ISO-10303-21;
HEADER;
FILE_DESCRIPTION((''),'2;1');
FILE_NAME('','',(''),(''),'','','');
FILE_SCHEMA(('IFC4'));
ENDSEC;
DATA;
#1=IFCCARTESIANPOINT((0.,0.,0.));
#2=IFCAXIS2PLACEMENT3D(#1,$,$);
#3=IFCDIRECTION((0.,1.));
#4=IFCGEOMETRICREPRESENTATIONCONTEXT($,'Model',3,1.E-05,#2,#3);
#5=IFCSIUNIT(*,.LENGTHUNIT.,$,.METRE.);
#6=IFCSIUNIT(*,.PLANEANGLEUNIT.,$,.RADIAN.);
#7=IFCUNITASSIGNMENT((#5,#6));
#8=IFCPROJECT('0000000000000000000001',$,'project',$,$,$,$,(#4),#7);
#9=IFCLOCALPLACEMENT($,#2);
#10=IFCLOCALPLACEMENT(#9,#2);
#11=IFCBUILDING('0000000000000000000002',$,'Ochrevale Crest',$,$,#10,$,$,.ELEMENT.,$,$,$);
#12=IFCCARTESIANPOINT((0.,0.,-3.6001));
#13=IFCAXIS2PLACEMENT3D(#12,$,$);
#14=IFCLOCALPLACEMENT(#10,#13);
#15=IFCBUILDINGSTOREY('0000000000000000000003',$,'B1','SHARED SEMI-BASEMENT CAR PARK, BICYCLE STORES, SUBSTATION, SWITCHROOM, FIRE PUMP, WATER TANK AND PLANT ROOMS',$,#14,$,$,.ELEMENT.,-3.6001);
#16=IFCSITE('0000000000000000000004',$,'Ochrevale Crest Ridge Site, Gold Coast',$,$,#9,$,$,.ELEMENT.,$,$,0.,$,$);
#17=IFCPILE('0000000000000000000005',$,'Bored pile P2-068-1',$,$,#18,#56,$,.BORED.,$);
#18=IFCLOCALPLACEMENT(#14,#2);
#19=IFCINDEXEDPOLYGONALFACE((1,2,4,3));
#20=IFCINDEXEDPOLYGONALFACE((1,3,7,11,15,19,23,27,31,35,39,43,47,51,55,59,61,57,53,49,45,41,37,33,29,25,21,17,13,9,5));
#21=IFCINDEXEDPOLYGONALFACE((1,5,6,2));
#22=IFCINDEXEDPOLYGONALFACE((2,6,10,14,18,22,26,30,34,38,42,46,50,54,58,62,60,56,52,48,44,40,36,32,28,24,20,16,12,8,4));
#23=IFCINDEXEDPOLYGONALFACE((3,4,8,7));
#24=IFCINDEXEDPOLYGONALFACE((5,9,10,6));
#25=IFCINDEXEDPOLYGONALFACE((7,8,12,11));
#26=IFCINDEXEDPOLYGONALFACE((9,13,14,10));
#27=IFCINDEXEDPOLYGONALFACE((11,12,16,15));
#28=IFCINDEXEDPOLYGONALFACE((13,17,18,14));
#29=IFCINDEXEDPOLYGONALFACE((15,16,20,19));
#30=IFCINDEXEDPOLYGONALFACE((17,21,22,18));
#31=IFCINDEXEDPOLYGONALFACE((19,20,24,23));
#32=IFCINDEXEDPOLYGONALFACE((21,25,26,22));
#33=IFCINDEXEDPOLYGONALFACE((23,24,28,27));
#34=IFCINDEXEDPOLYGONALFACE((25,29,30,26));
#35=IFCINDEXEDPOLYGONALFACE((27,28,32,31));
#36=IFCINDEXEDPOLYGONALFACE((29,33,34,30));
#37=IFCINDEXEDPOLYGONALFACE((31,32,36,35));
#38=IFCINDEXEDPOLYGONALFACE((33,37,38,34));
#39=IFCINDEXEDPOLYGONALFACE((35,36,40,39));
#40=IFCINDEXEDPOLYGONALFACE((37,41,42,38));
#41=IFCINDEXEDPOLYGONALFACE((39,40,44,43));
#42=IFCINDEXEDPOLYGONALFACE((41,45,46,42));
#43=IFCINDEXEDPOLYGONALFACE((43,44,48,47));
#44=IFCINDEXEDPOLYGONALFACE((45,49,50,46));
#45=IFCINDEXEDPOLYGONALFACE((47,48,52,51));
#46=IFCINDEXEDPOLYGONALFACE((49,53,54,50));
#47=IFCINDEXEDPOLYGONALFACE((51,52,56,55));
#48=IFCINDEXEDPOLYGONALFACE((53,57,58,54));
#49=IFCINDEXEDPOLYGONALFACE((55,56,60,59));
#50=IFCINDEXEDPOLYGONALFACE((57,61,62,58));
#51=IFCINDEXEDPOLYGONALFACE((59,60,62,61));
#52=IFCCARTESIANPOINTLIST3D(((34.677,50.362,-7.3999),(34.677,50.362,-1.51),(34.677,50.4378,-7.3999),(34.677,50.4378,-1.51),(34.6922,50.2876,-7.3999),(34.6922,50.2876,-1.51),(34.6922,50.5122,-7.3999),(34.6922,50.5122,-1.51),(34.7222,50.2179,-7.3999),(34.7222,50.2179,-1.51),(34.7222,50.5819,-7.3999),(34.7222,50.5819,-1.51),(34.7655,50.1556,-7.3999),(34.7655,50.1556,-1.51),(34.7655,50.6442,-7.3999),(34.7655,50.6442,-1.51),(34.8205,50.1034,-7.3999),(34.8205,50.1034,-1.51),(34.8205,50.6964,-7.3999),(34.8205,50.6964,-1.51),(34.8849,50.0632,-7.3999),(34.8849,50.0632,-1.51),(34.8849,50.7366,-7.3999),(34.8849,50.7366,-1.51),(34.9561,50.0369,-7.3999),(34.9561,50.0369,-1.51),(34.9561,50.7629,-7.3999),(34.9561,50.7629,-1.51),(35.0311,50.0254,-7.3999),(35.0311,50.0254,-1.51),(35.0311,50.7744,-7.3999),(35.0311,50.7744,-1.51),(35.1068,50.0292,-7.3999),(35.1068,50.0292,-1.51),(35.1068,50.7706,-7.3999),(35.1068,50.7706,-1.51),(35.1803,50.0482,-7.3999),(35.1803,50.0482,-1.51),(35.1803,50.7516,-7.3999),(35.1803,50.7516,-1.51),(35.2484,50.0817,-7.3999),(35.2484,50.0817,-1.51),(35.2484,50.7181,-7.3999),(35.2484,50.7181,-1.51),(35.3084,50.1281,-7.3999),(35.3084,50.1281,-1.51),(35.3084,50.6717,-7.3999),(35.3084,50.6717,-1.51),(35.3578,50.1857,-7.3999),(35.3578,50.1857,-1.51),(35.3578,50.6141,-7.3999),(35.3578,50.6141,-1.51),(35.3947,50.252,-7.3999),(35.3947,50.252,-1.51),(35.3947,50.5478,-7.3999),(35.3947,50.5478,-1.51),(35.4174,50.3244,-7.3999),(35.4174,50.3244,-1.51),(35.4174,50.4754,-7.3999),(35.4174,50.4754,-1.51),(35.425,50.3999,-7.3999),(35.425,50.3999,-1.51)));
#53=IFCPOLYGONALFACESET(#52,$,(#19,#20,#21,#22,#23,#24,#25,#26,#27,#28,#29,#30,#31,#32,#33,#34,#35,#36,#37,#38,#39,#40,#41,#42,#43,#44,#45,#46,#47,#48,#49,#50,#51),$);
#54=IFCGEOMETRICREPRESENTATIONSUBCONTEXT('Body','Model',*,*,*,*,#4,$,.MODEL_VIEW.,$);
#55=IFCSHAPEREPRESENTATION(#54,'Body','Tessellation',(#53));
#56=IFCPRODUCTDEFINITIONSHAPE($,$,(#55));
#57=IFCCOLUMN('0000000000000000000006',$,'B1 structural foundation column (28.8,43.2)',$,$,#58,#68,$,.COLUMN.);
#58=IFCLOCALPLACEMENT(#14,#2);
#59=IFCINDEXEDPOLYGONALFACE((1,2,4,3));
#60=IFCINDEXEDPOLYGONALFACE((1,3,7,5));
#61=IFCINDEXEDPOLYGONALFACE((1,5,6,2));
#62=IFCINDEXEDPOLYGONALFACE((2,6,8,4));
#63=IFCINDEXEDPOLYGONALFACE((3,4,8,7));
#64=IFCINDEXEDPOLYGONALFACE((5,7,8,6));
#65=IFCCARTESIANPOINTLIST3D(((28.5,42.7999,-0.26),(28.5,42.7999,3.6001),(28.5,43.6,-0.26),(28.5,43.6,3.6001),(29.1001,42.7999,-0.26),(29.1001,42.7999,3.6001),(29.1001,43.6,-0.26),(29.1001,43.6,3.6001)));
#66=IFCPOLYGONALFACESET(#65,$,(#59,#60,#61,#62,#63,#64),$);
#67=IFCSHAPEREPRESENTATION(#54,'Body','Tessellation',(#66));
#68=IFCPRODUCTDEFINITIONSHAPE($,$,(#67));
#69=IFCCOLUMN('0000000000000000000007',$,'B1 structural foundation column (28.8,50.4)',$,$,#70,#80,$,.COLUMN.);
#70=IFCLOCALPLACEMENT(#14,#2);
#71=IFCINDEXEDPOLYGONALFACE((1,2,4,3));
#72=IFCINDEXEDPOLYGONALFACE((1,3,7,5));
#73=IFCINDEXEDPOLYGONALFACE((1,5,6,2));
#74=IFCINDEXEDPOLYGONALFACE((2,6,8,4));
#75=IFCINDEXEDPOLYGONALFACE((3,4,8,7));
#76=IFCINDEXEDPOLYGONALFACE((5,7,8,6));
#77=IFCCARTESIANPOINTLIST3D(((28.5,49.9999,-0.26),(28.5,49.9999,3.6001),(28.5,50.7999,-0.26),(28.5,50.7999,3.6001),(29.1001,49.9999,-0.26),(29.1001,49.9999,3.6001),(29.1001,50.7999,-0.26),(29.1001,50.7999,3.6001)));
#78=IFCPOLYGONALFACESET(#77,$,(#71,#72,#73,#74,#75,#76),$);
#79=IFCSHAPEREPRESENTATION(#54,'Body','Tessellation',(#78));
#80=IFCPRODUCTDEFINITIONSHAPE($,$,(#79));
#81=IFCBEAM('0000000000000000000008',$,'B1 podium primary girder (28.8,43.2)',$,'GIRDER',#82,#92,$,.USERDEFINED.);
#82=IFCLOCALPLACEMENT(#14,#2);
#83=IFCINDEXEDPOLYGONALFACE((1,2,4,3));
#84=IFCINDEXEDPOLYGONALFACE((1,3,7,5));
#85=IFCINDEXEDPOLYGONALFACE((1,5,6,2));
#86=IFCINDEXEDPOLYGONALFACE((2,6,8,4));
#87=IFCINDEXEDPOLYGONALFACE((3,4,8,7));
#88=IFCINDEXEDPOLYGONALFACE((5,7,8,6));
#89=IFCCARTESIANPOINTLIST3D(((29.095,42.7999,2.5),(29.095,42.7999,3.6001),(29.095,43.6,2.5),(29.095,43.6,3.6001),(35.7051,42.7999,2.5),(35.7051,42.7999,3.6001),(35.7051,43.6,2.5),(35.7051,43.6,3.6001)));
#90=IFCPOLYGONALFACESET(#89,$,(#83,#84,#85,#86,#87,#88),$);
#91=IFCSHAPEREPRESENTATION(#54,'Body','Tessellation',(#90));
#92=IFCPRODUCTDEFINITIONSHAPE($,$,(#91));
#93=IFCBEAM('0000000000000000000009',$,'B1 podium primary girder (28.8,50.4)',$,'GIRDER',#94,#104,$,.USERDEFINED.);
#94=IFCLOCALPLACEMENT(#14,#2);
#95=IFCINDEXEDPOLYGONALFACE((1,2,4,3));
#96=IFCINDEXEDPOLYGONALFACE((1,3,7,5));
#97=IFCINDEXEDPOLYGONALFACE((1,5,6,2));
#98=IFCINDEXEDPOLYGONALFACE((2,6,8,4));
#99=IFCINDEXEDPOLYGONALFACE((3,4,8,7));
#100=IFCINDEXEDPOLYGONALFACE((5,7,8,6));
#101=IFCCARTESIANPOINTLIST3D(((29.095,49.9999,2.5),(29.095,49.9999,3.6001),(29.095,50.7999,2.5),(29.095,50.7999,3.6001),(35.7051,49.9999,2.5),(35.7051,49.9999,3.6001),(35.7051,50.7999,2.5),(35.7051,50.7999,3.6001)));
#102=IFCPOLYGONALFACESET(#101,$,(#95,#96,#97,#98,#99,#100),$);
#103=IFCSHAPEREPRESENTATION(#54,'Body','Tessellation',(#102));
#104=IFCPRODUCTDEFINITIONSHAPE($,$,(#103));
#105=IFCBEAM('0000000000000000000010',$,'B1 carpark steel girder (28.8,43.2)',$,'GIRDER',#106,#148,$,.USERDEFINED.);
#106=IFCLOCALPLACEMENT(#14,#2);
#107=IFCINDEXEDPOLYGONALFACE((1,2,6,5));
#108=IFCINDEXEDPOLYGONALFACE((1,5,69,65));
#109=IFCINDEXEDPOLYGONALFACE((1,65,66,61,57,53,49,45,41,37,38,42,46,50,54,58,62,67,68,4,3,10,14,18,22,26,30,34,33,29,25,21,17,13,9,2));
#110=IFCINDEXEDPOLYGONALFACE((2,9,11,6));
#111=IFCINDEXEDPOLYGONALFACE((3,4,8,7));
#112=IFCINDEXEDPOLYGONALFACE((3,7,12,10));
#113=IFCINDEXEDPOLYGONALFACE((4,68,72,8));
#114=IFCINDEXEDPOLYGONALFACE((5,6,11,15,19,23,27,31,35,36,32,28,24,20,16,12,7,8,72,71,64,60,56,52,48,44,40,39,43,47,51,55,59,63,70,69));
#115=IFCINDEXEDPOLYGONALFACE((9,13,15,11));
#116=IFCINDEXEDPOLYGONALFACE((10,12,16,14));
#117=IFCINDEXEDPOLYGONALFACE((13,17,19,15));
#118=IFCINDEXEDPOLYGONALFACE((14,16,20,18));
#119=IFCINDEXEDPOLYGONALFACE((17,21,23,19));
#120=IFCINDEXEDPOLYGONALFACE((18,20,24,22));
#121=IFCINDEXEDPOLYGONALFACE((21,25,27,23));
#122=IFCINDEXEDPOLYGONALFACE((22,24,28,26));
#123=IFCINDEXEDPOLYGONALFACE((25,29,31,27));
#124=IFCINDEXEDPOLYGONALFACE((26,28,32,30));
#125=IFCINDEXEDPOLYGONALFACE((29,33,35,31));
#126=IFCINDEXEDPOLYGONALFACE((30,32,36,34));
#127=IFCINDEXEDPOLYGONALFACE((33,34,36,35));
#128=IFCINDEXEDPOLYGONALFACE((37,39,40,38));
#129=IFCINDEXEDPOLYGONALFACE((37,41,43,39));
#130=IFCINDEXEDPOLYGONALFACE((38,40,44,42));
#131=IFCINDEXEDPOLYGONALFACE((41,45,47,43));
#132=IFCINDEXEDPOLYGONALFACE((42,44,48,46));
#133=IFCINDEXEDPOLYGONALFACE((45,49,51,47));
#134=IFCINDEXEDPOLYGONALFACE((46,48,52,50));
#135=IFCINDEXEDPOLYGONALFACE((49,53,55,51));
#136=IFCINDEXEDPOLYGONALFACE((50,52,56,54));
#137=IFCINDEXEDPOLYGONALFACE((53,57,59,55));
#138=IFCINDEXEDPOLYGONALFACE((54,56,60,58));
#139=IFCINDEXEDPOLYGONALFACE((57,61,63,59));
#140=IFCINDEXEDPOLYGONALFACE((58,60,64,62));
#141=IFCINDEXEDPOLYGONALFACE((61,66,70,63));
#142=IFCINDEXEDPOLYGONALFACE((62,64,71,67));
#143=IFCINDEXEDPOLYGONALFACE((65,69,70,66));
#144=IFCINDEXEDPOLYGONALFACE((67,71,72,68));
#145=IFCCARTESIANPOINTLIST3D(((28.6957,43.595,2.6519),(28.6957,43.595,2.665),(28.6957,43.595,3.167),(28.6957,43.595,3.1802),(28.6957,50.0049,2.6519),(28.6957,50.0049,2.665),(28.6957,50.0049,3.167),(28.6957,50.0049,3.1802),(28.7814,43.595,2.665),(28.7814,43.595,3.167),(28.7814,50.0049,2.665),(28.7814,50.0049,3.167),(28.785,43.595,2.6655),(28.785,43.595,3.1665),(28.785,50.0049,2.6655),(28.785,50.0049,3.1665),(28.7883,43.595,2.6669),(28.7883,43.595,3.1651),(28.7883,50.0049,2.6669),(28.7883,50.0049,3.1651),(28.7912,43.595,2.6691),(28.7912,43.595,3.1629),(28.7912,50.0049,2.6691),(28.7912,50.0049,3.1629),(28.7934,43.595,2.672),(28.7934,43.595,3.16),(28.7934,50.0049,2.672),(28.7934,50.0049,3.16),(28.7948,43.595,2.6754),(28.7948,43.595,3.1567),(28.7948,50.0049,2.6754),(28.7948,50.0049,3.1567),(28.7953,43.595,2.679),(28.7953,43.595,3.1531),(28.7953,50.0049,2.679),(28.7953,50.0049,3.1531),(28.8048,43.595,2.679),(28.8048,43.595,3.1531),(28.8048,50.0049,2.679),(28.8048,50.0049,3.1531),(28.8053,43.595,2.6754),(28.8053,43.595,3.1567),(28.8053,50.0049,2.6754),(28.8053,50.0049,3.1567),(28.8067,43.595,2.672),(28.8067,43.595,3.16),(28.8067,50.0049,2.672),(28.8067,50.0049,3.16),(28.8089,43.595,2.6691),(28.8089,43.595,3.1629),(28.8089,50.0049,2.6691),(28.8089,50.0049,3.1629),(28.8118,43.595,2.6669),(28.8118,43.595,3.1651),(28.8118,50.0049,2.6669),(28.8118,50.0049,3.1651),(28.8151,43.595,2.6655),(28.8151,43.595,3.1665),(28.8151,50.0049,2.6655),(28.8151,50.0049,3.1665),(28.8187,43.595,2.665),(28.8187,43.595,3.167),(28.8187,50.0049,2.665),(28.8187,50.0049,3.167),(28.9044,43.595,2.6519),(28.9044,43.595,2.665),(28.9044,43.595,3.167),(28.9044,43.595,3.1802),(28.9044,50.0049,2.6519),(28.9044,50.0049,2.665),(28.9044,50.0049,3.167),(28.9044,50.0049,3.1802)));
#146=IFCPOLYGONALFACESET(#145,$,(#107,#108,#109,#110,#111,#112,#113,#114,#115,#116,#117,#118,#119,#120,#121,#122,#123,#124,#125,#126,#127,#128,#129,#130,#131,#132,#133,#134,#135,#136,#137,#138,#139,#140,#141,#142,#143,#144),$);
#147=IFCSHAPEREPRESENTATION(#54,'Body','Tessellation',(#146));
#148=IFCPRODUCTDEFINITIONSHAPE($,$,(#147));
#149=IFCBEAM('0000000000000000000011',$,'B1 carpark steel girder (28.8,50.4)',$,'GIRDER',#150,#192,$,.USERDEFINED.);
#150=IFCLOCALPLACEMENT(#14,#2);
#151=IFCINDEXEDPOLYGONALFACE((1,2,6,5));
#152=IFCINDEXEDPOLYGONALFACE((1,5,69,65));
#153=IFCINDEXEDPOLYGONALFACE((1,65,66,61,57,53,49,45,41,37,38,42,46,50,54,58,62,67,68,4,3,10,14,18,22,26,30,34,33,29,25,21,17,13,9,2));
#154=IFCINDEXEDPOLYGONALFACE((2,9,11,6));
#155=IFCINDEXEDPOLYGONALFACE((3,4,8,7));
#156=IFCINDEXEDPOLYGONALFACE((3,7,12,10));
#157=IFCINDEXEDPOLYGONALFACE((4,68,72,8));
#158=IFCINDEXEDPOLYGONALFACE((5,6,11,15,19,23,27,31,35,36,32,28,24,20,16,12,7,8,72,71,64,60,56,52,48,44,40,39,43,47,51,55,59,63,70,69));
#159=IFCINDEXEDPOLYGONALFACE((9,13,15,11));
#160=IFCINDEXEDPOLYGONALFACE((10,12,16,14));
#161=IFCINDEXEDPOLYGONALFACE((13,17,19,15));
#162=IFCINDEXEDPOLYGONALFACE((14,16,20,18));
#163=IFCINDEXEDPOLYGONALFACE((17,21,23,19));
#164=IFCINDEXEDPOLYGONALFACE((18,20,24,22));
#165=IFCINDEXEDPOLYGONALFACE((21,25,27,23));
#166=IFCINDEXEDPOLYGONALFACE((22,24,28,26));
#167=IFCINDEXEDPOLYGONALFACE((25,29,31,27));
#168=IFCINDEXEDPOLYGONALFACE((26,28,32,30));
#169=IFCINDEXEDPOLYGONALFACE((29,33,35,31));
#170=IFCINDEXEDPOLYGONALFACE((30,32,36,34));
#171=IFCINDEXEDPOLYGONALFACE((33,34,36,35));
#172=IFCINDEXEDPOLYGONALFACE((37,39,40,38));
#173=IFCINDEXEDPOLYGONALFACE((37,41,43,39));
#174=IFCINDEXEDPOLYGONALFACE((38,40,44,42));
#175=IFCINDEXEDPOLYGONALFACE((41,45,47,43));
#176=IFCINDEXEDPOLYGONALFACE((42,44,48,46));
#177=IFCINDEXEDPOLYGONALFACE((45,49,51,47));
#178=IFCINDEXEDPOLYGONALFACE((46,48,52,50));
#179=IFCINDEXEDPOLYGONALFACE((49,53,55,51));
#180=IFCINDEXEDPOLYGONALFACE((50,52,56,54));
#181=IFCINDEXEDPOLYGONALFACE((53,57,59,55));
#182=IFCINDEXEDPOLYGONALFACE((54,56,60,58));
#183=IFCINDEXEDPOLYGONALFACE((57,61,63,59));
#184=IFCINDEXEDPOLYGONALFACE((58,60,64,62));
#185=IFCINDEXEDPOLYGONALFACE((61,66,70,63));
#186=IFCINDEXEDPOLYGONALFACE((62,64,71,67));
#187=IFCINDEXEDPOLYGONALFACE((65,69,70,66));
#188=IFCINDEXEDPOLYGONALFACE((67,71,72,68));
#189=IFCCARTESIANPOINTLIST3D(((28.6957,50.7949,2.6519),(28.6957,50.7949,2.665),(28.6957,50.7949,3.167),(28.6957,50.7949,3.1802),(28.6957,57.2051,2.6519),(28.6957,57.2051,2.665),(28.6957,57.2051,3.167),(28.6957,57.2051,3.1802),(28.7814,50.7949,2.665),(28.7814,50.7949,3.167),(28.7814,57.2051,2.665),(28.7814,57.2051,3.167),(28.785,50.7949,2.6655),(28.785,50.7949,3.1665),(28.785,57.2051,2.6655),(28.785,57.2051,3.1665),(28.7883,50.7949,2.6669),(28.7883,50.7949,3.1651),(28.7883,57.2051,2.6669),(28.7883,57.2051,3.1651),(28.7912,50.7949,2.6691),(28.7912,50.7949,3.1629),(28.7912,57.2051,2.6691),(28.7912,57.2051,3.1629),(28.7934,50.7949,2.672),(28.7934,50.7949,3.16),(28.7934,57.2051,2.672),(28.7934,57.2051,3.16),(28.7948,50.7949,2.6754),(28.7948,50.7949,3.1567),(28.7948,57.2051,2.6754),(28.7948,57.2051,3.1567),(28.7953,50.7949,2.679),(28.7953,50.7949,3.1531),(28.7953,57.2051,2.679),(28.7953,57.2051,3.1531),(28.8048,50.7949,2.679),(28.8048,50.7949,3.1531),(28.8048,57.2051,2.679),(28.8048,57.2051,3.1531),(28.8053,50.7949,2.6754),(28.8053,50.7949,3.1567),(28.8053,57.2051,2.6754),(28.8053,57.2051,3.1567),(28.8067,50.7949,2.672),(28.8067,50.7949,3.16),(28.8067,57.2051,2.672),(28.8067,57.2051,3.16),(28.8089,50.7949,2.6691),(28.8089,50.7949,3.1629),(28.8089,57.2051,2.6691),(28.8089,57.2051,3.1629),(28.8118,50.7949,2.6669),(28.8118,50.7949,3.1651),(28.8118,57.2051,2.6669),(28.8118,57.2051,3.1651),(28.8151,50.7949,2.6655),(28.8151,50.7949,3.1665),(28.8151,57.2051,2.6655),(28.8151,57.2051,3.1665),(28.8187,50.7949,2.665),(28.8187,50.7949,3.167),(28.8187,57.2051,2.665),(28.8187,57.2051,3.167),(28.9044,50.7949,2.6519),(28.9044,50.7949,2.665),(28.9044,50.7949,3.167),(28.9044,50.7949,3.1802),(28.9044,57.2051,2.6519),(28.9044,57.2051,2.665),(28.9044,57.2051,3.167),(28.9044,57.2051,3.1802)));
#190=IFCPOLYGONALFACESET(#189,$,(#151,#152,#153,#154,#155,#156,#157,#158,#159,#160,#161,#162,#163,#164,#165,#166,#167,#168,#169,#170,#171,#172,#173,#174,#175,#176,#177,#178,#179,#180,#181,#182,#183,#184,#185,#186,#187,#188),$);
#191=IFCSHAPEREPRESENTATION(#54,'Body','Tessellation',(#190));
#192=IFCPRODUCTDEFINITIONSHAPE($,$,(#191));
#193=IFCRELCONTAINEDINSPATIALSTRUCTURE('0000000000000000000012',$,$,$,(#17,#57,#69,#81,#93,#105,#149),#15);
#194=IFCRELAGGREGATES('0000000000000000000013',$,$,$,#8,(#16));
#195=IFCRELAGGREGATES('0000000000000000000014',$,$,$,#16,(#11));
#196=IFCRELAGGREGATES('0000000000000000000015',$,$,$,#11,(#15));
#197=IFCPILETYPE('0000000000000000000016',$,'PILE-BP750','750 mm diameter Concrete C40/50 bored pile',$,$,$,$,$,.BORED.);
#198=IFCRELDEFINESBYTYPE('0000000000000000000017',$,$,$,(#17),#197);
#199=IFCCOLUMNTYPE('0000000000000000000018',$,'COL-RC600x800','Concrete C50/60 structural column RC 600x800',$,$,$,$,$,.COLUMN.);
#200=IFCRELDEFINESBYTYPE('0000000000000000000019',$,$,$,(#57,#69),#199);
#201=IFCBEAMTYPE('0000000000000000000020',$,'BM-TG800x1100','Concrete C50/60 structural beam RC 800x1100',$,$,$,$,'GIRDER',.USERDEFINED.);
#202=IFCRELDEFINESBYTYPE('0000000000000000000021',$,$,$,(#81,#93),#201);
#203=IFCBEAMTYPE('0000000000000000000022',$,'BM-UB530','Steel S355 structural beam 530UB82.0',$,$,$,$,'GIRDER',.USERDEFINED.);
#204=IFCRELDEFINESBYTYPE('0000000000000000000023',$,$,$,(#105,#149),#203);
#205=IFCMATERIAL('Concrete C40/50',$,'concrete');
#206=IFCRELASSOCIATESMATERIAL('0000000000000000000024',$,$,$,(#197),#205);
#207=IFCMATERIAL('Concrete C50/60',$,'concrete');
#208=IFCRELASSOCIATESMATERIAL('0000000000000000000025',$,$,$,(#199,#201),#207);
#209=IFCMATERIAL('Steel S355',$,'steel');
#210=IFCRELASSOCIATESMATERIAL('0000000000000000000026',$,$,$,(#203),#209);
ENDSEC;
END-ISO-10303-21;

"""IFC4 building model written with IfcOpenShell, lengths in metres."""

from ifc_helpers import new_model, si_unit, direction, frame, origin, origin_2d, place, context, subcontext, project, spatial, rectangle, circle, i_section, extrude, material, material_profile, profile_set, type_object, element, save


model = new_model("IFC4")

# Units and contexts
model_context = context("Model", 3, precision=1e-05, world=origin(), true_north=direction((0.0, 1.0)))
body_context = subcontext(model_context, "Body", "Model", "MODEL_VIEW")
ifc_project = project(units=[si_unit("LENGTHUNIT", "METRE"), si_unit("PLANEANGLEUNIT", "RADIAN")], contexts=[model_context])

# Site, building, storey
site_placement = place(None, origin())
site = spatial("IfcSite", under=ifc_project, at=site_placement, Name="Ochrevale Crest Ridge Site, Gold Coast", CompositionType="ELEMENT", RefElevation=0.0)
building_placement = place(site_placement, origin())
building = spatial("IfcBuilding", under=site, at=building_placement, Name="Ochrevale Crest", CompositionType="ELEMENT")
storey_placement = place(building_placement, frame((0.0, 0.0, -3.6001)))
storey = spatial("IfcBuildingStorey", under=building, at=storey_placement, Name="B1", Description="SHARED SEMI-BASEMENT CAR PARK, BICYCLE STORES, SUBSTATION, SWITCHROOM, FIRE PUMP, WATER TANK AND PLANT ROOMS", CompositionType="ELEMENT", Elevation=-3.6001)

# Shared definitions
ifc_material_1 = material(Name="Concrete C40/50", Category="concrete")

# Pile
ifc_material_profile_1 = material_profile(ifc_material_1, circle(Radius=0.375, at=origin_2d()), Name="BORED PILE 750")
ifc_profile_set_1 = profile_set([ifc_material_profile_1], Name="Concrete C40/50")
pile_type_1 = type_object("IfcPileType", Name="PILE-BP750", Description="750 mm diameter Concrete C40/50 bored pile", PredefinedType="BORED", material=ifc_profile_set_1)
for number, where, z_axis, x_axis, name in (
    (1, (35.05, 50.3999, -1.51), (0.0, 0.0, -1.0), (1.0, 0.0, 0.0), "Bored pile P2-068-1"),
):
    element("IfcPile", number, at=place(storey_placement, frame(where, z_axis=z_axis, x_axis=x_axis)), inside=storey, type_object=pile_type_1, Name=name, PredefinedType="BORED", context=body_context, shape_type="SweptSolid", body=[
        extrude(circle(Radius=0.375, at=origin_2d()), origin(), (0.0, 0.0, 1.0), 5.8899),
    ])

# Columns
ifc_material_2 = material(Name="Concrete C50/60", Category="concrete")
ifc_material_profile_2 = material_profile(ifc_material_2, rectangle(XDim=0.6001, YDim=0.8, at=origin_2d()), Name="RC 600x800")
ifc_profile_set_2 = profile_set([ifc_material_profile_2], Name="Concrete C50/60")
column_type = type_object("IfcColumnType", Name="COL-RC600x800", Description="Concrete C50/60 structural column RC 600x800", PredefinedType="COLUMN", material=ifc_profile_set_2)
for number, where, z_axis, x_axis, name in (
    (2, (28.8, 43.2, -0.26), (0.0, 0.0, 1.0), (1.0, 0.0, 0.0), "B1 structural foundation column (28.8,43.2)"),
    (3, (28.8, 50.3999, -0.26), (0.0, 0.0, 1.0), (1.0, 0.0, 0.0), "B1 structural foundation column (28.8,50.4)"),
):
    element("IfcColumn", number, at=place(storey_placement, frame(where, z_axis=z_axis, x_axis=x_axis)), inside=storey, type_object=column_type, Name=name, PredefinedType="COLUMN", context=body_context, shape_type="SweptSolid", body=[
        extrude(rectangle(XDim=0.6001, YDim=0.8, at=origin_2d()), origin(), (0.0, 0.0, 1.0), 3.8601),
    ])

# Beams
ifc_material_profile_3 = material_profile(ifc_material_2, rectangle(XDim=0.8, YDim=1.1001, at=origin_2d()), Name="RC 800x1100")
ifc_profile_set_3 = profile_set([ifc_material_profile_3], Name="Concrete C50/60")
beam_type_1 = type_object("IfcBeamType", Name="BM-TG800x1100", Description="Concrete C50/60 structural beam RC 800x1100", ElementType="GIRDER", PredefinedType="USERDEFINED", material=ifc_profile_set_3)
for number, where, z_axis, x_axis, name in (
    (4, (29.095, 43.2, 3.05), (1.0, 0.0, 0.0), (0.0, 1.0, 0.0), "B1 podium primary girder (28.8,43.2)"),
    (5, (29.095, 50.3999, 3.05), (1.0, 0.0, 0.0), (0.0, 1.0, 0.0), "B1 podium primary girder (28.8,50.4)"),
):
    element("IfcBeam", number, at=place(storey_placement, frame(where, z_axis=z_axis, x_axis=x_axis)), inside=storey, type_object=beam_type_1, Name=name, ObjectType="GIRDER", PredefinedType="USERDEFINED", context=body_context, shape_type="SweptSolid", body=[
        extrude(rectangle(XDim=0.8, YDim=1.1001, at=origin_2d()), origin(), (0.0, 0.0, 1.0), 6.6101),
    ])
ifc_material_3 = material(Name="Steel S355", Category="steel")
ifc_material_profile_4 = material_profile(ifc_material_3, i_section(OverallWidth=0.2087, OverallDepth=0.5283, WebThickness=0.0095, FlangeThickness=0.0132, FilletRadius=0.0139, at=origin_2d()), Name="530UB82.0")
ifc_profile_set_4 = profile_set([ifc_material_profile_4], Name="Steel S355")
beam_type_2 = type_object("IfcBeamType", Name="BM-UB530", Description="Steel S355 structural beam 530UB82.0", ElementType="GIRDER", PredefinedType="USERDEFINED", material=ifc_profile_set_4)
beam_1_placement = place(storey_placement, frame((28.8, 43.595, 2.916), z_axis=(0.0, 1.0, 0.0), x_axis=(-1.0, 0.0, 0.0)))
element("IfcBeam", 6, at=beam_1_placement, inside=storey, type_object=beam_type_2, Name="B1 carpark steel girder (28.8,43.2)", ObjectType="GIRDER", PredefinedType="USERDEFINED", context=body_context, shape_type="SweptSolid", body=[
    extrude(i_section(OverallWidth=0.2087, OverallDepth=0.5283, WebThickness=0.0095, FlangeThickness=0.0132, FilletRadius=0.0139, at=origin_2d()), origin(), (0.0, 0.0, 1.0), 6.4099),
])
beam_2_placement = place(storey_placement, frame((28.8, 50.7949, 2.916), z_axis=(0.0, 1.0, 0.0), x_axis=(-1.0, 0.0, 0.0)))
element("IfcBeam", 7, at=beam_2_placement, inside=storey, type_object=beam_type_2, Name="B1 carpark steel girder (28.8,50.4)", ObjectType="GIRDER", PredefinedType="USERDEFINED", context=body_context, shape_type="SweptSolid", body=[
    extrude(i_section(OverallWidth=0.2087, OverallDepth=0.5283, WebThickness=0.0095, FlangeThickness=0.0132, FilletRadius=0.0139, at=origin_2d()), origin(), (0.0, 0.0, 1.0), 6.4102),
])

save(model, "model.ifc")
